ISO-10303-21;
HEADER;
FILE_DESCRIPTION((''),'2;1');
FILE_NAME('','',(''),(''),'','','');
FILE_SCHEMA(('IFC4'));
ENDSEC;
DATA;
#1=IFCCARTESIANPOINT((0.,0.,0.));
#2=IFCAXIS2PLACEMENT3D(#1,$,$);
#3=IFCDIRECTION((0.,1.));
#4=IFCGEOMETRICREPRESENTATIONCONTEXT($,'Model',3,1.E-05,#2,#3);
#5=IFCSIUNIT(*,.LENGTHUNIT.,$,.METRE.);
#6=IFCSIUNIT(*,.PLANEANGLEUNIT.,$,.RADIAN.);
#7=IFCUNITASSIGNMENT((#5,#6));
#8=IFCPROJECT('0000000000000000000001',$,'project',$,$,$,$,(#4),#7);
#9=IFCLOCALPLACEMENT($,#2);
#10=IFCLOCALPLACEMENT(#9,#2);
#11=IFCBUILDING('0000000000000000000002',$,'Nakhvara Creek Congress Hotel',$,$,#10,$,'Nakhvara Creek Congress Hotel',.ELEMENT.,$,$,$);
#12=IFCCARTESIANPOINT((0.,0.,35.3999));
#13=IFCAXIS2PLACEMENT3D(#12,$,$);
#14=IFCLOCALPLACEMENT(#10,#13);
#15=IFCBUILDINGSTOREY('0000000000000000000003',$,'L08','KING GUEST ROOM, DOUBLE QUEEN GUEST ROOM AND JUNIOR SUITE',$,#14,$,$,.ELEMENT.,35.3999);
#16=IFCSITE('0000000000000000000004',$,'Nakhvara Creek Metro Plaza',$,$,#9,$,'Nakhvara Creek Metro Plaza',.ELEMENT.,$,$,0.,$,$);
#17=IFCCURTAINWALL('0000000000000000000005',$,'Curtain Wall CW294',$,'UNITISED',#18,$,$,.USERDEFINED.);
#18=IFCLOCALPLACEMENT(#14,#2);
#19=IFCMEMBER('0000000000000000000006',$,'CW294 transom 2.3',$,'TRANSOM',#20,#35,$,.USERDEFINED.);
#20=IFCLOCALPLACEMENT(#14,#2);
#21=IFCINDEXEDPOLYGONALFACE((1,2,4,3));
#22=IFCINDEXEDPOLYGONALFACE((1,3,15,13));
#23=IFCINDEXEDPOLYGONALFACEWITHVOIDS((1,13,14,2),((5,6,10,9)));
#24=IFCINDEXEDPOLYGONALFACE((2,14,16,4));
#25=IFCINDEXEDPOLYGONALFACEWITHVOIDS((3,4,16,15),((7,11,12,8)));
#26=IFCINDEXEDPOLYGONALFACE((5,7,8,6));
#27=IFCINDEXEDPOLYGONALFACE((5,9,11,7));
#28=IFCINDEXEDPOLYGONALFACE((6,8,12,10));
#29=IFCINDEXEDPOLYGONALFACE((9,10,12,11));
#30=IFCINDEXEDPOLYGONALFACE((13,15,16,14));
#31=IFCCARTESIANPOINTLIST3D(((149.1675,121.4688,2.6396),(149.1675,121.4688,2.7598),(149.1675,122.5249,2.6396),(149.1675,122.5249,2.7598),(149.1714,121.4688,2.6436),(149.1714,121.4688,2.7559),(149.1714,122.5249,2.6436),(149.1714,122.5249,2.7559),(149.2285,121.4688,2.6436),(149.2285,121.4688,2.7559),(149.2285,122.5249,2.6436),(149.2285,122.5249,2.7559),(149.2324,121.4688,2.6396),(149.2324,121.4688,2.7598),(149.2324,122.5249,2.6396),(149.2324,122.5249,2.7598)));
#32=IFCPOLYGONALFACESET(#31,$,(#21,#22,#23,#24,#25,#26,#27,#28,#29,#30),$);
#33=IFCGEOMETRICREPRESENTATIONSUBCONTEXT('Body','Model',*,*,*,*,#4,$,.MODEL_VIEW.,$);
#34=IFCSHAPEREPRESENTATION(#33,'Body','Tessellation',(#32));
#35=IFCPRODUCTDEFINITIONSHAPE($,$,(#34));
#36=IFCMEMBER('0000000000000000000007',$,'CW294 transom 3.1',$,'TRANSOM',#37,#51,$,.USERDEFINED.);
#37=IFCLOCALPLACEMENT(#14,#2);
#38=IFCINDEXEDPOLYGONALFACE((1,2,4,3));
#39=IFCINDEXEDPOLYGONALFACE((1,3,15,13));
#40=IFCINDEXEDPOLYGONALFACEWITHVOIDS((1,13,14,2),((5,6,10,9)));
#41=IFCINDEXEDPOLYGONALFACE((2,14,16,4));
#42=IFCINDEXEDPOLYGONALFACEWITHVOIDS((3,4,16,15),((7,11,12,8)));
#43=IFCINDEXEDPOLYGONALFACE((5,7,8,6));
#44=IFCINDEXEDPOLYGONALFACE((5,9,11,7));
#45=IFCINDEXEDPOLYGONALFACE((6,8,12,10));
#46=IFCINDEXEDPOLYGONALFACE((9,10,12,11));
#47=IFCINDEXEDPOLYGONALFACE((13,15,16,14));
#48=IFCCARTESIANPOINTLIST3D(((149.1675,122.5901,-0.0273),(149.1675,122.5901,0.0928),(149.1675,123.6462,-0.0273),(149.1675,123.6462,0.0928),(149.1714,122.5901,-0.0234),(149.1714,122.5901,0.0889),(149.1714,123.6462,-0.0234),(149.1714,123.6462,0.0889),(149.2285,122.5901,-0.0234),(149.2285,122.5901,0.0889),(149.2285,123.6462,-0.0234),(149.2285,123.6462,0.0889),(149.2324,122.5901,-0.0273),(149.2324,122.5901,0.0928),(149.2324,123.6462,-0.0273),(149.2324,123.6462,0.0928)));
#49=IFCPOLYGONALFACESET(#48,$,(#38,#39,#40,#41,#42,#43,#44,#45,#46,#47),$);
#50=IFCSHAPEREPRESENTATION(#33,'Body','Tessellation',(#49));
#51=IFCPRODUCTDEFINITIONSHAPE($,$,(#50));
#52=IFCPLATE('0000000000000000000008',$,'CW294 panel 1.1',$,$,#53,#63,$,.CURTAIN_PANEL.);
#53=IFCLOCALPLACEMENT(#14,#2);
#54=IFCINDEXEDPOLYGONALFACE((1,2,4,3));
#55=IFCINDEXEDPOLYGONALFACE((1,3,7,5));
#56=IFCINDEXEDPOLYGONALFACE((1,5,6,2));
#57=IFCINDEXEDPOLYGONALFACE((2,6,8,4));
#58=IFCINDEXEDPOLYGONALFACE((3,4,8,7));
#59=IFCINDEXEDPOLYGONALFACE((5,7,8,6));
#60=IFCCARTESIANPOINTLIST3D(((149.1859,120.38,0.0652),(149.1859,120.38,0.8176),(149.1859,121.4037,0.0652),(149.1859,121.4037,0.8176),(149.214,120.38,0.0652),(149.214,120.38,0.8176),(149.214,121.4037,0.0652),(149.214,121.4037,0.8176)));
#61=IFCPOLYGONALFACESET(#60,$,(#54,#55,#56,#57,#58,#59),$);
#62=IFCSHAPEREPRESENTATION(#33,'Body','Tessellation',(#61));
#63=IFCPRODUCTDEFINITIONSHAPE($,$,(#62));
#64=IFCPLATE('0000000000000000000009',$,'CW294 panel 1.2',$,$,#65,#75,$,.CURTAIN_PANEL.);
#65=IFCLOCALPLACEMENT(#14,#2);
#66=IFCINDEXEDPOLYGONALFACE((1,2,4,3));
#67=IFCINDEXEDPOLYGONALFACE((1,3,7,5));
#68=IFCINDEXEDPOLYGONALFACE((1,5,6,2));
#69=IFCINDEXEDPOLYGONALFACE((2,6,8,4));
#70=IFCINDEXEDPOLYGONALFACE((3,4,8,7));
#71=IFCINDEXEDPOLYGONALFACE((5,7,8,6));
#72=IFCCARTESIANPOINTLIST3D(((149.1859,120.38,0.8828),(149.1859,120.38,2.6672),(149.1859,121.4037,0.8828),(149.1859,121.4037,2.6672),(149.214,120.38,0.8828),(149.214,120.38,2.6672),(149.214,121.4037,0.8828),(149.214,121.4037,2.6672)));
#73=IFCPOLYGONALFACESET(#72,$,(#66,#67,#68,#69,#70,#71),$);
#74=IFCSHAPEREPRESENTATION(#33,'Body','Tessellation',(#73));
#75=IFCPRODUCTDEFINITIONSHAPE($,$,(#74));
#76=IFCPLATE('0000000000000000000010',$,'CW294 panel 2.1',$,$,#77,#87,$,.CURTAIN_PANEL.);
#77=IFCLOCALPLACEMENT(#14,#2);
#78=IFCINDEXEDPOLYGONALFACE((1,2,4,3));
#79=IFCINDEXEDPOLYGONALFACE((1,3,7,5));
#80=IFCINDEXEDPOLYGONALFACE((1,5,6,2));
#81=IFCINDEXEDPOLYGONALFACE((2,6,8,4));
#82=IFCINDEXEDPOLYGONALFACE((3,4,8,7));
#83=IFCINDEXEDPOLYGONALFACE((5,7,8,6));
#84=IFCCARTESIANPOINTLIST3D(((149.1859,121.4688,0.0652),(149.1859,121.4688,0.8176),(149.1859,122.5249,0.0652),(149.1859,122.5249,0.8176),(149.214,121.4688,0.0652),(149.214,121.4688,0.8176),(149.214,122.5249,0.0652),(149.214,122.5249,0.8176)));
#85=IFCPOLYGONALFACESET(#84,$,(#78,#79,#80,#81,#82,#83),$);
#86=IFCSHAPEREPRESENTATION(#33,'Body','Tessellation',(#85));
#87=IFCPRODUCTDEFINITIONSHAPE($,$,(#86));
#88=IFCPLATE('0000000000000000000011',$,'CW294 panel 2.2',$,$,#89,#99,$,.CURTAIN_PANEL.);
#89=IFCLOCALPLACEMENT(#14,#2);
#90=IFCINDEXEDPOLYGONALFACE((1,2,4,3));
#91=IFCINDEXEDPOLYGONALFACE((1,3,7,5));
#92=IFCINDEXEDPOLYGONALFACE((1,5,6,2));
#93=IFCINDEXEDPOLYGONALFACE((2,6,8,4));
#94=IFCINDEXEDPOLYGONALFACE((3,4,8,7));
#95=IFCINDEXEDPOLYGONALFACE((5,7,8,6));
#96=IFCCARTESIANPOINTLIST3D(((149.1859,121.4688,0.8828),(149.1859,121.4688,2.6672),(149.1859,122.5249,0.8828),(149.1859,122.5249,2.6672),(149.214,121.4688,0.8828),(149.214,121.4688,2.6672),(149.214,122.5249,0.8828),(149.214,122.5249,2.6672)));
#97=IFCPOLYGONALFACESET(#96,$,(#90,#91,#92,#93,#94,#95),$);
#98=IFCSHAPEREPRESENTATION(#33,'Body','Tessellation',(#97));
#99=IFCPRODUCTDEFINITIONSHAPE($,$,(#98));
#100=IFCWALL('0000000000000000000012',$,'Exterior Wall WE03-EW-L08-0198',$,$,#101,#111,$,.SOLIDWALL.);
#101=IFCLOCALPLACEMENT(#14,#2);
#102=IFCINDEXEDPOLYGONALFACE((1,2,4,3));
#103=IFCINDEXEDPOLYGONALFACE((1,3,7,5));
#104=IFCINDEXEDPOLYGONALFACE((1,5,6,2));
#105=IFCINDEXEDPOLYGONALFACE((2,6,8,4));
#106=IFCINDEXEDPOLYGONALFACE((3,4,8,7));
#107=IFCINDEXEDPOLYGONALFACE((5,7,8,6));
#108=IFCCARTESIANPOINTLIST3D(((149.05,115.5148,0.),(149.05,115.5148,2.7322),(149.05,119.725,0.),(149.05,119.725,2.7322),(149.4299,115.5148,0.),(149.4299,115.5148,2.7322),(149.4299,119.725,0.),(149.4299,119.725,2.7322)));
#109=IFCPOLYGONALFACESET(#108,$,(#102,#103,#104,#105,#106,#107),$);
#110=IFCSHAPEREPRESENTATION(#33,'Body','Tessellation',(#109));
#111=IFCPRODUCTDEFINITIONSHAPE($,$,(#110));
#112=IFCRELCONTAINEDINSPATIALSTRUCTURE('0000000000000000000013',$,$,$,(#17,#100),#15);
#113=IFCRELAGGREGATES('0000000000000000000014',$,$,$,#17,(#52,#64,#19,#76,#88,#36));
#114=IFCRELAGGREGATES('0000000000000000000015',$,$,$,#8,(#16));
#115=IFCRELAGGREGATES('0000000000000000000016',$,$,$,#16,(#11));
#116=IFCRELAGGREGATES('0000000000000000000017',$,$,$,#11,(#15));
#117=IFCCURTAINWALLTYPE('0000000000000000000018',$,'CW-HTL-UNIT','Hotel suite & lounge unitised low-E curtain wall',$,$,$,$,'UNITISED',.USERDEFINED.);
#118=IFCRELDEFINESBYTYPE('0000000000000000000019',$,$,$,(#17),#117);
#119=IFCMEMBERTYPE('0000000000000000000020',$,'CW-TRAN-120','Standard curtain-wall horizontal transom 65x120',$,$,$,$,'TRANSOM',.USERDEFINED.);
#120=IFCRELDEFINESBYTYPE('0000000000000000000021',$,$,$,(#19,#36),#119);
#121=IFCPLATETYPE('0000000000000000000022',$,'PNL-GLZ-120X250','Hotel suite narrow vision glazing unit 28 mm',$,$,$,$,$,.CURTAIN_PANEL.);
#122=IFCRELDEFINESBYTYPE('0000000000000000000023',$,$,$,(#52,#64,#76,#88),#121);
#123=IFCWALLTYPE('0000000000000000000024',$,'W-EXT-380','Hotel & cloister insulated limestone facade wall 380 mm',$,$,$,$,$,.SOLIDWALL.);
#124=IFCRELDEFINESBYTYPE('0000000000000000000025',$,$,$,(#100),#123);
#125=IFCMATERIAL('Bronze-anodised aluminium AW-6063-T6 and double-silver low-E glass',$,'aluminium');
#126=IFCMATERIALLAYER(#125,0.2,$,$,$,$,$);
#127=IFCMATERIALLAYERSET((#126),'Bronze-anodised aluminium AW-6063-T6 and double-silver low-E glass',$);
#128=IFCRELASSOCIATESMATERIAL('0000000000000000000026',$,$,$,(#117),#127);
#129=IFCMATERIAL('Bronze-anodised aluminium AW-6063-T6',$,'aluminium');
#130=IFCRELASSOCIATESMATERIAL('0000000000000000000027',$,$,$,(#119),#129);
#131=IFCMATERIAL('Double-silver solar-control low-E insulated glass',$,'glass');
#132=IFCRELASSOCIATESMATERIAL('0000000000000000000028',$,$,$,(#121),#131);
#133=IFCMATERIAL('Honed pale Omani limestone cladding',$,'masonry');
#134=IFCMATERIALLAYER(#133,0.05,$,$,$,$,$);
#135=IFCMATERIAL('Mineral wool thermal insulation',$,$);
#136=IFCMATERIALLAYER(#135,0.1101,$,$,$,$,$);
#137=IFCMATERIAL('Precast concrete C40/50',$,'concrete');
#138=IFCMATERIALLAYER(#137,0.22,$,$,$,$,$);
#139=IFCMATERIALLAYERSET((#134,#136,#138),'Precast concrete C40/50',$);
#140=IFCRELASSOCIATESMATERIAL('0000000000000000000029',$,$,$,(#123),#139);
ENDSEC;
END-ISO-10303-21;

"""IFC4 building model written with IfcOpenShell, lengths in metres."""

from ifc_helpers import new_model, si_unit, direction, frame, frame_2d, origin, origin_2d, place, context, subcontext, project, spatial, rectangle, hollow_rectangle, extrude, material, layer, layer_set, material_profile, profile_set, type_object, element, aggregate, save


model = new_model("IFC4")

# Units and contexts
model_context = context("Model", 3, precision=1e-05, world=origin(), true_north=direction((0.0, 1.0)))
body_context = subcontext(model_context, "Body", "Model", "MODEL_VIEW")
ifc_project = project(units=[si_unit("LENGTHUNIT", "METRE"), si_unit("PLANEANGLEUNIT", "RADIAN")], contexts=[model_context])

# Site, building, storey
site_placement = place(None, origin())
site = spatial("IfcSite", under=ifc_project, at=site_placement, Name="Nakhvara Creek Metro Plaza", LongName="Nakhvara Creek Metro Plaza", CompositionType="ELEMENT", RefElevation=0.0)
building_placement = place(site_placement, origin())
building = spatial("IfcBuilding", under=site, at=building_placement, Name="Nakhvara Creek Congress Hotel", LongName="Nakhvara Creek Congress Hotel", CompositionType="ELEMENT")
storey_placement = place(building_placement, frame((0.0, 0.0, 35.3999)))
storey = spatial("IfcBuildingStorey", under=building, at=storey_placement, Name="L08", Description="KING GUEST ROOM, DOUBLE QUEEN GUEST ROOM AND JUNIOR SUITE", CompositionType="ELEMENT", Elevation=35.3999)

# Curtain wall, members, plates
ifc_material_1 = material(Name="Bronze-anodised aluminium AW-6063-T6 and double-silver low-E glass", Category="aluminium")
ifc_layer_1 = layer(ifc_material_1, 0.2)
ifc_layer_set_1 = layer_set([ifc_layer_1], Name="Bronze-anodised aluminium AW-6063-T6 and double-silver low-E glass")
curtain_wall_type = type_object("IfcCurtainWallType", Name="CW-HTL-UNIT", Description="Hotel suite & lounge unitised low-E curtain wall", ElementType="UNITISED", PredefinedType="USERDEFINED", material=ifc_layer_set_1)
curtain_wall_placement = place(storey_placement, origin())
curtain_wall = element("IfcCurtainWall", 1, at=curtain_wall_placement, inside=storey, type_object=curtain_wall_type, Name="Curtain Wall CW294", ObjectType="UNITISED", PredefinedType="USERDEFINED")
ifc_material_2 = material(Name="Bronze-anodised aluminium AW-6063-T6", Category="aluminium")
ifc_material_profile_1 = material_profile(ifc_material_2, hollow_rectangle(XDim=0.0649, YDim=0.1201, WallThickness=0.0039, at=origin_2d()), Name="ALU-TRAN 65x120x4", Category="LoadBearing")
ifc_profile_set_1 = profile_set([ifc_material_profile_1], Name="Bronze-anodised aluminium AW-6063-T6")
member_type_1 = type_object("IfcMemberType", Name="CW-TRAN-120", Description="Standard curtain-wall horizontal transom 65x120", ElementType="TRANSOM", PredefinedType="USERDEFINED", material=ifc_profile_set_1)
member_1_placement = place(storey_placement, frame((149.2, 121.4688, 2.6997), z_axis=(0.0, 1.0, 0.0), x_axis=(-1.0, 0.0, 0.0)))
member_1 = element("IfcMember", 2, at=member_1_placement, type_object=member_type_1, Name="CW294 transom 2.3", ObjectType="TRANSOM", PredefinedType="USERDEFINED", context=body_context, shape_type="SweptSolid", body=[
    extrude(hollow_rectangle(XDim=0.0649, YDim=0.1201, WallThickness=0.0039, at=origin_2d()), origin(), (0.0, 0.0, 1.0), 1.0562),
])
member_2_placement = place(storey_placement, frame((149.2, 122.5901, 0.0327), z_axis=(0.0, 1.0, 0.0), x_axis=(-1.0, 0.0, 0.0)))
member_2 = element("IfcMember", 3, at=member_2_placement, type_object=member_type_1, Name="CW294 transom 3.1", ObjectType="TRANSOM", PredefinedType="USERDEFINED", context=body_context, shape_type="SweptSolid", body=[
    extrude(hollow_rectangle(XDim=0.0649, YDim=0.1201, WallThickness=0.0039, at=origin_2d()), origin(), (0.0, 0.0, 1.0), 1.0562),
])
ifc_material_3 = material(Name="Double-silver solar-control low-E insulated glass", Category="glass")
plate_type = type_object("IfcPlateType", Name="PNL-GLZ-120X250", Description="Hotel suite narrow vision glazing unit 28 mm", PredefinedType="CURTAIN_PANEL", material=ifc_material_3)
plate_1_placement = place(storey_placement, frame((149.2, 120.8918, 0.0652), z_axis=(0.0, 0.0, 1.0), x_axis=(0.0, 1.0, 0.0)))
plate_1 = element("IfcPlate", 4, at=plate_1_placement, type_object=plate_type, Name="CW294 panel 1.1", PredefinedType="CURTAIN_PANEL", context=body_context, shape_type="SweptSolid", body=[
    extrude(rectangle(XDim=1.0237, YDim=0.0281, at=origin_2d()), origin(), (0.0, 0.0, 1.0), 0.7524),
])
plate_2_placement = place(storey_placement, frame((149.2, 120.8918, 0.8828), z_axis=(0.0, 0.0, 1.0), x_axis=(0.0, 1.0, 0.0)))
plate_2 = element("IfcPlate", 5, at=plate_2_placement, type_object=plate_type, Name="CW294 panel 1.2", PredefinedType="CURTAIN_PANEL", context=body_context, shape_type="SweptSolid", body=[
    extrude(rectangle(XDim=1.0237, YDim=0.0281, at=origin_2d()), origin(), (0.0, 0.0, 1.0), 1.7844),
])
plate_3_placement = place(storey_placement, frame((149.2, 121.9968, 0.0652), z_axis=(0.0, 0.0, 1.0), x_axis=(0.0, 1.0, 0.0)))
plate_3 = element("IfcPlate", 6, at=plate_3_placement, type_object=plate_type, Name="CW294 panel 2.1", PredefinedType="CURTAIN_PANEL", context=body_context, shape_type="SweptSolid", body=[
    extrude(rectangle(XDim=1.0562, YDim=0.0281, at=origin_2d()), origin(), (0.0, 0.0, 1.0), 0.7524),
])
plate_4_placement = place(storey_placement, frame((149.2, 121.9968, 0.8828), z_axis=(0.0, 0.0, 1.0), x_axis=(0.0, 1.0, 0.0)))
plate_4 = element("IfcPlate", 7, at=plate_4_placement, type_object=plate_type, Name="CW294 panel 2.2", PredefinedType="CURTAIN_PANEL", context=body_context, shape_type="SweptSolid", body=[
    extrude(rectangle(XDim=1.0562, YDim=0.0281, at=origin_2d()), origin(), (0.0, 0.0, 1.0), 1.7844),
])
aggregate(curtain_wall, [plate_1, plate_2, member_1, plate_3, plate_4, member_2])

# Wall
ifc_material_4 = material(Name="Honed pale Omani limestone cladding", Category="masonry")
ifc_layer_2 = layer(ifc_material_4, 0.05)
ifc_material_5 = material(Name="Mineral wool thermal insulation")
ifc_layer_3 = layer(ifc_material_5, 0.1101)
ifc_material_6 = material(Name="Precast concrete C40/50", Category="concrete")
ifc_layer_4 = layer(ifc_material_6, 0.22)
ifc_layer_set_2 = layer_set([ifc_layer_2, ifc_layer_3, ifc_layer_4], Name="Precast concrete C40/50")
wall_type = type_object("IfcWallType", Name="W-EXT-380", Description="Hotel & cloister insulated limestone facade wall 380 mm", PredefinedType="SOLIDWALL", material=ifc_layer_set_2)
wall_placement = place(storey_placement, frame((149.24, 115.5149, 0.0), z_axis=(0.0, 0.0, 1.0), x_axis=(0.0, 1.0, 0.0)))
element("IfcWall", 8, at=wall_placement, inside=storey, type_object=wall_type, Name="Exterior Wall WE03-EW-L08-0198", PredefinedType="SOLIDWALL", context=body_context, shape_type="SweptSolid", body=[
    extrude(rectangle(XDim=4.2102, YDim=0.3799, at=frame_2d((2.105, 0.0))), origin(), (0.0, 0.0, 1.0), 2.7322),
])

save(model, "model.ifc")
